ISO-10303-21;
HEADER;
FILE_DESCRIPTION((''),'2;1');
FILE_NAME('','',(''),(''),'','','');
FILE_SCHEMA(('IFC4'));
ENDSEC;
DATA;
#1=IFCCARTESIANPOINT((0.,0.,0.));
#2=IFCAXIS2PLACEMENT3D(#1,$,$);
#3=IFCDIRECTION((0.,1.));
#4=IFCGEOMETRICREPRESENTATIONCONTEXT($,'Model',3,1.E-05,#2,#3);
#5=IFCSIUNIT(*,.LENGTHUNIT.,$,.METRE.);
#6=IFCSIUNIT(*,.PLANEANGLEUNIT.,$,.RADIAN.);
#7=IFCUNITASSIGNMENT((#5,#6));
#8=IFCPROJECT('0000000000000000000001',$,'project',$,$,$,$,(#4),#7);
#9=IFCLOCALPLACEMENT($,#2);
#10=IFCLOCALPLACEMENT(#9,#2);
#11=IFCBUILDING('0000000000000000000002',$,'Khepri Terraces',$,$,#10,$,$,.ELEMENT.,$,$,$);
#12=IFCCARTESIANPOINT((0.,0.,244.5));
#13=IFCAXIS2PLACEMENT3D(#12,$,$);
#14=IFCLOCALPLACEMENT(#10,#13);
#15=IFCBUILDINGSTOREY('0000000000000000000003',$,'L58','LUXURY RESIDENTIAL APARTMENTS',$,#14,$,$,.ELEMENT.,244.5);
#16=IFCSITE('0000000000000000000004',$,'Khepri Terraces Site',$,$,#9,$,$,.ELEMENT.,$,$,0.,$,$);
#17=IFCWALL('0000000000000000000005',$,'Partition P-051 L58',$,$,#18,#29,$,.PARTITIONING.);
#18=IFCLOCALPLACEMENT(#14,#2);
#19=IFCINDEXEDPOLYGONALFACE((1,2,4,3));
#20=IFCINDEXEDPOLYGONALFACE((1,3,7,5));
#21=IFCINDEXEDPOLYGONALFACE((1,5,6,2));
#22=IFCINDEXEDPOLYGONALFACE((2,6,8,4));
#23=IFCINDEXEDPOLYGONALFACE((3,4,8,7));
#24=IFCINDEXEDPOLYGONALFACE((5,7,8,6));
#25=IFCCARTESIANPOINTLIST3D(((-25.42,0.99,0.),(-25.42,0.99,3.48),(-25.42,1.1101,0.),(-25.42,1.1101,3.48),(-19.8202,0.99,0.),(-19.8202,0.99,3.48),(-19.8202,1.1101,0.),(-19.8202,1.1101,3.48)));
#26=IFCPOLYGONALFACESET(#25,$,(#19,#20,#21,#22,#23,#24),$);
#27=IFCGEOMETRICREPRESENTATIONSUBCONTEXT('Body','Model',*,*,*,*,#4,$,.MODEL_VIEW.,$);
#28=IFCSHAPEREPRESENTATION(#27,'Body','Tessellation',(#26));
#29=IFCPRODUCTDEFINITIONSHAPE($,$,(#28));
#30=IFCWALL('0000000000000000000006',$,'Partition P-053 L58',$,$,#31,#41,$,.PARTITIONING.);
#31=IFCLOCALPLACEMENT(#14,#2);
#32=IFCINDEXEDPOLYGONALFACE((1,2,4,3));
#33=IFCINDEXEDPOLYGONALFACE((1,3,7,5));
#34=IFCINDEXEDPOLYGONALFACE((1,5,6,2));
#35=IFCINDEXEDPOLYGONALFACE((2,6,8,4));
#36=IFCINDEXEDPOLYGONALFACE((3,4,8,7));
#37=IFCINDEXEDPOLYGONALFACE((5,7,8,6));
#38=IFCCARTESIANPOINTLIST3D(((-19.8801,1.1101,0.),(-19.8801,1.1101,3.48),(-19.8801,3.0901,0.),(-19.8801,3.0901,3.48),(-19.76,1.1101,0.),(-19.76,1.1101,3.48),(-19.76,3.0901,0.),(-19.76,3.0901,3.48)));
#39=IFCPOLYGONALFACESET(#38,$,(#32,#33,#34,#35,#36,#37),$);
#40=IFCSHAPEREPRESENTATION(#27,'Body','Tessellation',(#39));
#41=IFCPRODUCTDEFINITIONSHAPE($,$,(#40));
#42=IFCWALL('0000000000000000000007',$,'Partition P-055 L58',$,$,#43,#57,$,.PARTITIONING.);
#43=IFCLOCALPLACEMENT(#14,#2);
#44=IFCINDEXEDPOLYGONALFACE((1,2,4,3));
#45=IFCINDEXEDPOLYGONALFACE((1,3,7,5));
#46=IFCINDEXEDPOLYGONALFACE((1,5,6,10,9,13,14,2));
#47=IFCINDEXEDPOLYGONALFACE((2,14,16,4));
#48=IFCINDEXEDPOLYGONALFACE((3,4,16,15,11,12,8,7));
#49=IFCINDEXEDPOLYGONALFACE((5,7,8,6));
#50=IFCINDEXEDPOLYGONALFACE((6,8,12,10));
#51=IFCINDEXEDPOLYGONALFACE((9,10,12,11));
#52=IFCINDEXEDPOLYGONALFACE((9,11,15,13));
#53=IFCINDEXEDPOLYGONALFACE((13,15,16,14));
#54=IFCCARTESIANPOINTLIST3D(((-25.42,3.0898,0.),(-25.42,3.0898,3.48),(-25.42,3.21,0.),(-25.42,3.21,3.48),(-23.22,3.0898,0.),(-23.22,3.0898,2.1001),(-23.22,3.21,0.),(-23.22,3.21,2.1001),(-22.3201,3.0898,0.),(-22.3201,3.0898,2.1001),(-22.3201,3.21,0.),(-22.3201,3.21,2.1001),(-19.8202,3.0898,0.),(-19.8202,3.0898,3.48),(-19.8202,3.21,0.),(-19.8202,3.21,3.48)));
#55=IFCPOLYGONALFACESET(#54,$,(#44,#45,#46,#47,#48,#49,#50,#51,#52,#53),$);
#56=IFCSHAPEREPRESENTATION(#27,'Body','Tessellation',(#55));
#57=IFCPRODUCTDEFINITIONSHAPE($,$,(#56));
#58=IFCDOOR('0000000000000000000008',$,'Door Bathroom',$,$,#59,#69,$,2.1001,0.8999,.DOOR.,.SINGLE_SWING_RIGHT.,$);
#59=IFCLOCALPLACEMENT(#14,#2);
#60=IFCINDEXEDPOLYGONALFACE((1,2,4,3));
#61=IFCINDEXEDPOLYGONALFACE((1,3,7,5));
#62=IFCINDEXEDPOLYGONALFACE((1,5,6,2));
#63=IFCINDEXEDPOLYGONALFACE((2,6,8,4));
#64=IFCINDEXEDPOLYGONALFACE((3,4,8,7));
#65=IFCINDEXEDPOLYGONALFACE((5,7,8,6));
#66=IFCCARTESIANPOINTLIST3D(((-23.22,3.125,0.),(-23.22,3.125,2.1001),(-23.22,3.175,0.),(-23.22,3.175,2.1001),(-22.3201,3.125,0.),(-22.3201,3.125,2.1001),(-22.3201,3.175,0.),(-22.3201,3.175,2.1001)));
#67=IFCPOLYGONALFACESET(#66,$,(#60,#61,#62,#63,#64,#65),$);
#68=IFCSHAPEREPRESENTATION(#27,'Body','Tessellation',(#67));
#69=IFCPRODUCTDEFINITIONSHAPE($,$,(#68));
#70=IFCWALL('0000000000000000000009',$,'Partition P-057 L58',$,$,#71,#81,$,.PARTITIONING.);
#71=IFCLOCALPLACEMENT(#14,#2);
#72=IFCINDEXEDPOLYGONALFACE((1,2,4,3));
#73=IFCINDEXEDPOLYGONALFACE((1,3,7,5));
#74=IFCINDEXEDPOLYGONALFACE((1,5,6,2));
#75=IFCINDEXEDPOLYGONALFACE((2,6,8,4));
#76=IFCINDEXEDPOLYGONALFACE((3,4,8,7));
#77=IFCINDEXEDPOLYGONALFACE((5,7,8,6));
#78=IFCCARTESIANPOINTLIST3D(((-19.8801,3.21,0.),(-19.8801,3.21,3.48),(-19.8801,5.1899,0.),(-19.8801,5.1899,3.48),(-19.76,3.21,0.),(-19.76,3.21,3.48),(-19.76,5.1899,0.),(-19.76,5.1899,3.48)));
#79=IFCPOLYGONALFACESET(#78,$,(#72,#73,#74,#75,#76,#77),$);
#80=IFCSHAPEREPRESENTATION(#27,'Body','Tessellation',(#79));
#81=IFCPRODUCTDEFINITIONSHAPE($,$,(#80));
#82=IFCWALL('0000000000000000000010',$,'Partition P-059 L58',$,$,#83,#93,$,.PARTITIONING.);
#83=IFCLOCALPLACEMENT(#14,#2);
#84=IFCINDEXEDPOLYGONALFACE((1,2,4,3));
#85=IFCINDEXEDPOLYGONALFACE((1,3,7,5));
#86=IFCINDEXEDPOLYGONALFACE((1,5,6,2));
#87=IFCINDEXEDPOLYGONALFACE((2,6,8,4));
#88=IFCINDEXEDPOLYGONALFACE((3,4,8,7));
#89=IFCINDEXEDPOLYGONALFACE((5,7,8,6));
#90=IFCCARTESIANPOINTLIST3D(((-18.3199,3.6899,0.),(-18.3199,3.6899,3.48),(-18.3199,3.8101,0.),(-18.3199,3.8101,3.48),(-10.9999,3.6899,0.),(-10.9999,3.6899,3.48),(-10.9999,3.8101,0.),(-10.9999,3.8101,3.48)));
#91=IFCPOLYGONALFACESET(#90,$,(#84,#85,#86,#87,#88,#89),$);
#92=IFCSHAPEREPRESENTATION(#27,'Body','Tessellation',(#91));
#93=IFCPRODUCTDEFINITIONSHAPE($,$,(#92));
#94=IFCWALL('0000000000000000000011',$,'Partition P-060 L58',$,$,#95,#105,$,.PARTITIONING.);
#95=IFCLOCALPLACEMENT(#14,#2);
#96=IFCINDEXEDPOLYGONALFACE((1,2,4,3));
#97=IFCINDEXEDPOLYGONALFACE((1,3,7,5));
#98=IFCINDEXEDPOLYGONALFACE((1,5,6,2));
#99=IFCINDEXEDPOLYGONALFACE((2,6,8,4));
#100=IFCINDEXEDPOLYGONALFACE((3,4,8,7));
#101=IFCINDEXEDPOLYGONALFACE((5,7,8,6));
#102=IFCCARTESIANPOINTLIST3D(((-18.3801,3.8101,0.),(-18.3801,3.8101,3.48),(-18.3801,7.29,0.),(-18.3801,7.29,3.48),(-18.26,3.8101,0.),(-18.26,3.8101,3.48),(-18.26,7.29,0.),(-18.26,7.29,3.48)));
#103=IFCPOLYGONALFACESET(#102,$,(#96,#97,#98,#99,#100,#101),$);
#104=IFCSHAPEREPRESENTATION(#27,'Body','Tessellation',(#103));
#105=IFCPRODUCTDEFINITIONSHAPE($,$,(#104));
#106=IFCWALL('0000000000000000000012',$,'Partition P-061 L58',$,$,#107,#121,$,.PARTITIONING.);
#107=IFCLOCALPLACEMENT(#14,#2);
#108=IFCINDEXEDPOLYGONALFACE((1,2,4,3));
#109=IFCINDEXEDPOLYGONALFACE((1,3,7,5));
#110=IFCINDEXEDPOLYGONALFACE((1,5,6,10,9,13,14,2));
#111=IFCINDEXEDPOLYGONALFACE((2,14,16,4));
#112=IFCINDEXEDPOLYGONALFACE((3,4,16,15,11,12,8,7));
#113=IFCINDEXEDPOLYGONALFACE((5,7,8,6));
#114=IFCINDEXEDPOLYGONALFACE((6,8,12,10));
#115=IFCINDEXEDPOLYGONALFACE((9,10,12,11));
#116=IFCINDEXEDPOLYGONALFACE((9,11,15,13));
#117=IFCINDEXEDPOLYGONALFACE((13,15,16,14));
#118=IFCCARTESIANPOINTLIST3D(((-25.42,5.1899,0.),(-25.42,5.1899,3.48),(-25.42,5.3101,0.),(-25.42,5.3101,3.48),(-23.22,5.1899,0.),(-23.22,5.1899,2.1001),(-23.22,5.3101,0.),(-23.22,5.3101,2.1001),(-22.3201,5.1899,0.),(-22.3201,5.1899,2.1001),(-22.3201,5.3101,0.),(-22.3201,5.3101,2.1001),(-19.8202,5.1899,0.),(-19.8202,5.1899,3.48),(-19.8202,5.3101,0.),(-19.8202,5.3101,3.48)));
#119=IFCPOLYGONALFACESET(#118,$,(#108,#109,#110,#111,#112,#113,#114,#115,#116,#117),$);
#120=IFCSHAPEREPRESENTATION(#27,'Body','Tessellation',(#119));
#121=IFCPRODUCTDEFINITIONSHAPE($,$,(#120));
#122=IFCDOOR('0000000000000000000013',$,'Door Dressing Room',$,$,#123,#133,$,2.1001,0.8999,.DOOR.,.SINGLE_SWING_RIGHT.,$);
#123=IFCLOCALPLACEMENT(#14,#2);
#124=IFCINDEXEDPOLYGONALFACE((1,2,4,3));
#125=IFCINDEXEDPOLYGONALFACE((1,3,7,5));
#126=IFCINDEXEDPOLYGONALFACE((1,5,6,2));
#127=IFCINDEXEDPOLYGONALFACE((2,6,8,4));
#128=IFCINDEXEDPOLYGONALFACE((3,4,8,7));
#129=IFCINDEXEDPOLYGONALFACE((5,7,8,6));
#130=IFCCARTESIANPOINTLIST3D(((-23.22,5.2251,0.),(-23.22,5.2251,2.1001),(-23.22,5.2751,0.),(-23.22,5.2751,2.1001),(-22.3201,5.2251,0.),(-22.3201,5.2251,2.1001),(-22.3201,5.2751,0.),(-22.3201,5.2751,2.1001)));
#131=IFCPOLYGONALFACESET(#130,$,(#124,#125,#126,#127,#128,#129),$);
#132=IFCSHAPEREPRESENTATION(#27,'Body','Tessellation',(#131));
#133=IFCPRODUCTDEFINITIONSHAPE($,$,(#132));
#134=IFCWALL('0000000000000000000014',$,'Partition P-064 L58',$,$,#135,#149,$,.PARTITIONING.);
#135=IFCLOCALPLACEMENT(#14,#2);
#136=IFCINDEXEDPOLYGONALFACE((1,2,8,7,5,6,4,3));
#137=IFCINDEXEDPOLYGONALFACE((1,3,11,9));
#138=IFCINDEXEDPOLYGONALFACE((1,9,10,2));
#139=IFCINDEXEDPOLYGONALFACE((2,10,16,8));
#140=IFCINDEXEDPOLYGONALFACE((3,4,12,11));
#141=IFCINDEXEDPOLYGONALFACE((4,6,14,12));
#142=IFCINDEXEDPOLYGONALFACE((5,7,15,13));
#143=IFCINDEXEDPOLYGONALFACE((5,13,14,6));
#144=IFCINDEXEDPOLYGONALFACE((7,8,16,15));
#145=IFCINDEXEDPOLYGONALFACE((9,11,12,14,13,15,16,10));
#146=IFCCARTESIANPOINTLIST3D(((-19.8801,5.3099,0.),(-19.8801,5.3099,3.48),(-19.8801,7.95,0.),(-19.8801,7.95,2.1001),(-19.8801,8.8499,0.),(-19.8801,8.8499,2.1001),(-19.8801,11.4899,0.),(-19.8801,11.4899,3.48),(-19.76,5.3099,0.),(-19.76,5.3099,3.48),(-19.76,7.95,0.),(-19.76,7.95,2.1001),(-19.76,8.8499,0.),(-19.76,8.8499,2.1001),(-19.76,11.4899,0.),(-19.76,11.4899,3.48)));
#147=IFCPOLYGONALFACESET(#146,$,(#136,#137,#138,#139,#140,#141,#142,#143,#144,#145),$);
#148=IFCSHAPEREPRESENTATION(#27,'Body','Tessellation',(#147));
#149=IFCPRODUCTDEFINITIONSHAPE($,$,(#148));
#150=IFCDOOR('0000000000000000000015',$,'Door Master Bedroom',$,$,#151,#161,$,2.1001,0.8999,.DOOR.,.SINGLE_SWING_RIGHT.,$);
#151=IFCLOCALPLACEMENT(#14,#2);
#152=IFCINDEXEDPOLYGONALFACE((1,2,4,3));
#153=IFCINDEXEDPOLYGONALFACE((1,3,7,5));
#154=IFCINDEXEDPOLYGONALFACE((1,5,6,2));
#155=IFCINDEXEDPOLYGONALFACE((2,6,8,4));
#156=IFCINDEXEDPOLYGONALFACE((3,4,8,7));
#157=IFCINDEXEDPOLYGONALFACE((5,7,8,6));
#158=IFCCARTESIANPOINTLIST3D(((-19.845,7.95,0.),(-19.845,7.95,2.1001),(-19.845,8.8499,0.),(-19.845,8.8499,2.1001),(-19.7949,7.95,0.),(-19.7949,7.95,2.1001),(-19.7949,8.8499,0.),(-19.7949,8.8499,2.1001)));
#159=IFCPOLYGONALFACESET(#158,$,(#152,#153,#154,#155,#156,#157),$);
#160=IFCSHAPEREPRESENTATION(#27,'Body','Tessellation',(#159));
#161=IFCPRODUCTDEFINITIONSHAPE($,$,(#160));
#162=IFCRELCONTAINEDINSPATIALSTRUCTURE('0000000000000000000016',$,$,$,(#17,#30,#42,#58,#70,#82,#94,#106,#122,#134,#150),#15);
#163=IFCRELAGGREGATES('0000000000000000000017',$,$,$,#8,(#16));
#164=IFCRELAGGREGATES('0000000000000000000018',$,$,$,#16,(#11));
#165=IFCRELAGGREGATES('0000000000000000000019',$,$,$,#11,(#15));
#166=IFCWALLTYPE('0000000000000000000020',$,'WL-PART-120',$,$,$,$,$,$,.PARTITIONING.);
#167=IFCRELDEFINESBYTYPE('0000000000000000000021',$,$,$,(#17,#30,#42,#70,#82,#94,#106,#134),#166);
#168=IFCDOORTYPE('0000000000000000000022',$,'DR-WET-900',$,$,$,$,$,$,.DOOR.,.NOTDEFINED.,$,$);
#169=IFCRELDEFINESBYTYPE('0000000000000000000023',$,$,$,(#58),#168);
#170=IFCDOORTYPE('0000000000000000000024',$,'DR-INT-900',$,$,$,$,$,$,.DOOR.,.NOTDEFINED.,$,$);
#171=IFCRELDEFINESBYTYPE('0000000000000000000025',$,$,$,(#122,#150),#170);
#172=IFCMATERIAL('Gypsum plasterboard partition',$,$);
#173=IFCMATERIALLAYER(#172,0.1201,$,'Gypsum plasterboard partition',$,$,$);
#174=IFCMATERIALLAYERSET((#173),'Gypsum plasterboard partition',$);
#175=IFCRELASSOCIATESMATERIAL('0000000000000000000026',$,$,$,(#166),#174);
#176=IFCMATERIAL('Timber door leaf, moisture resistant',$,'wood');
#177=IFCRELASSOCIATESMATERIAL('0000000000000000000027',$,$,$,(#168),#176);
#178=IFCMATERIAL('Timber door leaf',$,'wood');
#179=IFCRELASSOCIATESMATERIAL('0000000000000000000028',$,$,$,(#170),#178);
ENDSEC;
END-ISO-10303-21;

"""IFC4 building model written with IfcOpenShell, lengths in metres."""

from ifc_helpers import new_model, si_unit, direction, frame, frame_2d, origin, place, context, subcontext, project, spatial, rectangle, extrude, material, layer, layer_set, type_object, element, fill, save


model = new_model("IFC4")

# Units and contexts
model_context = context("Model", 3, precision=1e-05, world=origin(), true_north=direction((0.0, 1.0)))
body_context = subcontext(model_context, "Body", "Model", "MODEL_VIEW")
ifc_project = project(units=[si_unit("LENGTHUNIT", "METRE"), si_unit("PLANEANGLEUNIT", "RADIAN")], contexts=[model_context])

# Site, building, storey
site_placement = place(None, origin())
site = spatial("IfcSite", under=ifc_project, at=site_placement, Name="Khepri Terraces Site", CompositionType="ELEMENT", RefElevation=0.0)
building_placement = place(site_placement, origin())
building = spatial("IfcBuilding", under=site, at=building_placement, Name="Khepri Terraces", CompositionType="ELEMENT")
storey_placement = place(building_placement, frame((0.0, 0.0, 244.5)))
storey = spatial("IfcBuildingStorey", under=building, at=storey_placement, Name="L58", Description="LUXURY RESIDENTIAL APARTMENTS", CompositionType="ELEMENT", Elevation=244.5)

# Walls
ifc_material_1 = material(Name="Gypsum plasterboard partition")
ifc_layer = layer(ifc_material_1, 0.1201, Name="Gypsum plasterboard partition")
ifc_layer_set = layer_set([ifc_layer], Name="Gypsum plasterboard partition")
wall_type = type_object("IfcWallType", Name="WL-PART-120", PredefinedType="PARTITIONING", material=ifc_layer_set)
wall_1_placement = place(storey_placement, frame((-25.4199, 1.05, 0.0), z_axis=(0.0, 0.0, 1.0), x_axis=(1.0, 0.0, 0.0)))
element("IfcWall", 1, at=wall_1_placement, inside=storey, type_object=wall_type, Name="Partition P-051 L58", PredefinedType="PARTITIONING", context=body_context, shape_type="SweptSolid", body=[
    extrude(rectangle(XDim=5.5999, YDim=0.1201, at=frame_2d((2.7998, 0.0))), origin(), (0.0, 0.0, 1.0), 3.48),
])
wall_2_placement = place(storey_placement, frame((-19.8201, 1.1101, 0.0), z_axis=(0.0, 0.0, 1.0), x_axis=(0.0, 1.0, 0.0)))
element("IfcWall", 2, at=wall_2_placement, inside=storey, type_object=wall_type, Name="Partition P-053 L58", PredefinedType="PARTITIONING", context=body_context, shape_type="SweptSolid", body=[
    extrude(rectangle(XDim=1.98, YDim=0.1201, at=frame_2d((0.99, 0.0))), origin(), (0.0, 0.0, 1.0), 3.48),
])

# Wall, opening, door
wall_3_placement = place(storey_placement, frame((-25.4199, 3.1499, 0.0), z_axis=(0.0, 0.0, 1.0), x_axis=(1.0, 0.0, 0.0)))
wall_3 = element("IfcWall", 3, at=wall_3_placement, inside=storey, type_object=wall_type, Name="Partition P-055 L58", PredefinedType="PARTITIONING", context=body_context, shape_type="SweptSolid", body=[
    extrude(rectangle(XDim=5.5999, YDim=0.1201, at=frame_2d((2.7998, 0.0))), origin(), (0.0, 0.0, 1.0), 3.48),
])
opening_1_placement = place(wall_3_placement, frame((2.2, 0.0, 0.0)))
opening_1 = element("IfcOpeningElement", 4, at=opening_1_placement, cuts=wall_3, PredefinedType="OPENING", context=body_context, shape_type="SweptSolid", body=[
    extrude(rectangle(XDim=0.8999, YDim=2.1001, at=frame_2d((0.45, 1.05))), frame((0.0, 0.0701, 0.0), z_axis=(0.0, -1.0, 0.0), x_axis=(1.0, 0.0, 0.0)), (0.0, 0.0, 1.0), 0.1401),
])
ifc_material_2 = material(Name="Timber door leaf, moisture resistant", Category="wood")
door_type_1 = type_object("IfcDoorType", Name="DR-WET-900", OperationType="NOTDEFINED", PredefinedType="DOOR", material=ifc_material_2)
door_1_placement = place(opening_1_placement, frame((0.8999, 0.0, 0.0), z_axis=(0.0, 0.0, 1.0), x_axis=(-1.0, 0.0, 0.0)))
door_1 = element("IfcDoor", 5, at=door_1_placement, inside=storey, type_object=door_type_1, Name="Door Bathroom", OperationType="SINGLE_SWING_RIGHT", OverallHeight=2.1001, OverallWidth=0.8999, PredefinedType="DOOR", context=body_context, shape_type="SweptSolid", body=[
    extrude(rectangle(XDim=0.8999, YDim=2.1001, at=frame_2d((0.45, 1.05))), frame((0.0, 0.0249, 0.0), z_axis=(0.0, -1.0, 0.0), x_axis=(1.0, 0.0, 0.0)), (0.0, 0.0, 1.0), 0.05),
])
fill(opening_1, door_1)

# Walls
wall_4_placement = place(storey_placement, frame((-19.8201, 3.21, 0.0), z_axis=(0.0, 0.0, 1.0), x_axis=(0.0, 1.0, 0.0)))
element("IfcWall", 6, at=wall_4_placement, inside=storey, type_object=wall_type, Name="Partition P-057 L58", PredefinedType="PARTITIONING", context=body_context, shape_type="SweptSolid", body=[
    extrude(rectangle(XDim=1.98, YDim=0.1201, at=frame_2d((0.99, 0.0))), origin(), (0.0, 0.0, 1.0), 3.48),
])
wall_5_placement = place(storey_placement, frame((-18.3201, 3.75, 0.0), z_axis=(0.0, 0.0, 1.0), x_axis=(1.0, 0.0, 0.0)))
element("IfcWall", 7, at=wall_5_placement, inside=storey, type_object=wall_type, Name="Partition P-059 L58", PredefinedType="PARTITIONING", context=body_context, shape_type="SweptSolid", body=[
    extrude(rectangle(XDim=7.3201, YDim=0.1201, at=frame_2d((3.6602, 0.0))), origin(), (0.0, 0.0, 1.0), 3.48),
])
wall_6_placement = place(storey_placement, frame((-18.3201, 3.8101, 0.0), z_axis=(0.0, 0.0, 1.0), x_axis=(0.0, 1.0, 0.0)))
element("IfcWall", 8, at=wall_6_placement, inside=storey, type_object=wall_type, Name="Partition P-060 L58", PredefinedType="PARTITIONING", context=body_context, shape_type="SweptSolid", body=[
    extrude(rectangle(XDim=3.48, YDim=0.1201, at=frame_2d((1.74, 0.0))), origin(), (0.0, 0.0, 1.0), 3.48),
])

# Walls, openings, doors
wall_7_placement = place(storey_placement, frame((-25.4199, 5.25, 0.0), z_axis=(0.0, 0.0, 1.0), x_axis=(1.0, 0.0, 0.0)))
wall_7 = element("IfcWall", 9, at=wall_7_placement, inside=storey, type_object=wall_type, Name="Partition P-061 L58", PredefinedType="PARTITIONING", context=body_context, shape_type="SweptSolid", body=[
    extrude(rectangle(XDim=5.5999, YDim=0.1201, at=frame_2d((2.7998, 0.0))), origin(), (0.0, 0.0, 1.0), 3.48),
])
opening_2_placement = place(wall_7_placement, frame((2.2, 0.0, 0.0)))
opening_2 = element("IfcOpeningElement", 10, at=opening_2_placement, cuts=wall_7, PredefinedType="OPENING", context=body_context, shape_type="SweptSolid", body=[
    extrude(rectangle(XDim=0.8999, YDim=2.1001, at=frame_2d((0.45, 1.05))), frame((0.0, 0.0701, 0.0), z_axis=(0.0, -1.0, 0.0), x_axis=(1.0, 0.0, 0.0)), (0.0, 0.0, 1.0), 0.1401),
])
ifc_material_3 = material(Name="Timber door leaf", Category="wood")
door_type_2 = type_object("IfcDoorType", Name="DR-INT-900", OperationType="NOTDEFINED", PredefinedType="DOOR", material=ifc_material_3)
door_2_placement = place(opening_2_placement, frame((0.8999, 0.0, 0.0), z_axis=(0.0, 0.0, 1.0), x_axis=(-1.0, 0.0, 0.0)))
door_2 = element("IfcDoor", 11, at=door_2_placement, inside=storey, type_object=door_type_2, Name="Door Dressing Room", OperationType="SINGLE_SWING_RIGHT", OverallHeight=2.1001, OverallWidth=0.8999, PredefinedType="DOOR", context=body_context, shape_type="SweptSolid", body=[
    extrude(rectangle(XDim=0.8999, YDim=2.1001, at=frame_2d((0.45, 1.05))), frame((0.0, 0.0249, 0.0), z_axis=(0.0, -1.0, 0.0), x_axis=(1.0, 0.0, 0.0)), (0.0, 0.0, 1.0), 0.05),
])
fill(opening_2, door_2)
wall_8_placement = place(storey_placement, frame((-19.8201, 5.3101, 0.0), z_axis=(0.0, 0.0, 1.0), x_axis=(0.0, 1.0, 0.0)))
wall_8 = element("IfcWall", 12, at=wall_8_placement, inside=storey, type_object=wall_type, Name="Partition P-064 L58", PredefinedType="PARTITIONING", context=body_context, shape_type="SweptSolid", body=[
    extrude(rectangle(XDim=6.1799, YDim=0.1201, at=frame_2d((3.0898, 0.0))), origin(), (0.0, 0.0, 1.0), 3.48),
])
opening_3_placement = place(wall_8_placement, frame((2.6399, 0.0, 0.0)))
opening_3 = element("IfcOpeningElement", 13, at=opening_3_placement, cuts=wall_8, PredefinedType="OPENING", context=body_context, shape_type="SweptSolid", body=[
    extrude(rectangle(XDim=0.8999, YDim=2.1001, at=frame_2d((0.45, 1.05))), frame((0.0, 0.0701, 0.0), z_axis=(0.0, -1.0, 0.0), x_axis=(1.0, 0.0, 0.0)), (0.0, 0.0, 1.0), 0.1401),
])
door_3_placement = place(opening_3_placement, origin())
door_3 = element("IfcDoor", 14, at=door_3_placement, inside=storey, type_object=door_type_2, Name="Door Master Bedroom", OperationType="SINGLE_SWING_RIGHT", OverallHeight=2.1001, OverallWidth=0.8999, PredefinedType="DOOR", context=body_context, shape_type="SweptSolid", body=[
    extrude(rectangle(XDim=0.8999, YDim=2.1001, at=frame_2d((0.45, 1.05))), frame((0.0, 0.0249, 0.0), z_axis=(0.0, -1.0, 0.0), x_axis=(1.0, 0.0, 0.0)), (0.0, 0.0, 1.0), 0.05),
])
fill(opening_3, door_3)

save(model, "model.ifc")
